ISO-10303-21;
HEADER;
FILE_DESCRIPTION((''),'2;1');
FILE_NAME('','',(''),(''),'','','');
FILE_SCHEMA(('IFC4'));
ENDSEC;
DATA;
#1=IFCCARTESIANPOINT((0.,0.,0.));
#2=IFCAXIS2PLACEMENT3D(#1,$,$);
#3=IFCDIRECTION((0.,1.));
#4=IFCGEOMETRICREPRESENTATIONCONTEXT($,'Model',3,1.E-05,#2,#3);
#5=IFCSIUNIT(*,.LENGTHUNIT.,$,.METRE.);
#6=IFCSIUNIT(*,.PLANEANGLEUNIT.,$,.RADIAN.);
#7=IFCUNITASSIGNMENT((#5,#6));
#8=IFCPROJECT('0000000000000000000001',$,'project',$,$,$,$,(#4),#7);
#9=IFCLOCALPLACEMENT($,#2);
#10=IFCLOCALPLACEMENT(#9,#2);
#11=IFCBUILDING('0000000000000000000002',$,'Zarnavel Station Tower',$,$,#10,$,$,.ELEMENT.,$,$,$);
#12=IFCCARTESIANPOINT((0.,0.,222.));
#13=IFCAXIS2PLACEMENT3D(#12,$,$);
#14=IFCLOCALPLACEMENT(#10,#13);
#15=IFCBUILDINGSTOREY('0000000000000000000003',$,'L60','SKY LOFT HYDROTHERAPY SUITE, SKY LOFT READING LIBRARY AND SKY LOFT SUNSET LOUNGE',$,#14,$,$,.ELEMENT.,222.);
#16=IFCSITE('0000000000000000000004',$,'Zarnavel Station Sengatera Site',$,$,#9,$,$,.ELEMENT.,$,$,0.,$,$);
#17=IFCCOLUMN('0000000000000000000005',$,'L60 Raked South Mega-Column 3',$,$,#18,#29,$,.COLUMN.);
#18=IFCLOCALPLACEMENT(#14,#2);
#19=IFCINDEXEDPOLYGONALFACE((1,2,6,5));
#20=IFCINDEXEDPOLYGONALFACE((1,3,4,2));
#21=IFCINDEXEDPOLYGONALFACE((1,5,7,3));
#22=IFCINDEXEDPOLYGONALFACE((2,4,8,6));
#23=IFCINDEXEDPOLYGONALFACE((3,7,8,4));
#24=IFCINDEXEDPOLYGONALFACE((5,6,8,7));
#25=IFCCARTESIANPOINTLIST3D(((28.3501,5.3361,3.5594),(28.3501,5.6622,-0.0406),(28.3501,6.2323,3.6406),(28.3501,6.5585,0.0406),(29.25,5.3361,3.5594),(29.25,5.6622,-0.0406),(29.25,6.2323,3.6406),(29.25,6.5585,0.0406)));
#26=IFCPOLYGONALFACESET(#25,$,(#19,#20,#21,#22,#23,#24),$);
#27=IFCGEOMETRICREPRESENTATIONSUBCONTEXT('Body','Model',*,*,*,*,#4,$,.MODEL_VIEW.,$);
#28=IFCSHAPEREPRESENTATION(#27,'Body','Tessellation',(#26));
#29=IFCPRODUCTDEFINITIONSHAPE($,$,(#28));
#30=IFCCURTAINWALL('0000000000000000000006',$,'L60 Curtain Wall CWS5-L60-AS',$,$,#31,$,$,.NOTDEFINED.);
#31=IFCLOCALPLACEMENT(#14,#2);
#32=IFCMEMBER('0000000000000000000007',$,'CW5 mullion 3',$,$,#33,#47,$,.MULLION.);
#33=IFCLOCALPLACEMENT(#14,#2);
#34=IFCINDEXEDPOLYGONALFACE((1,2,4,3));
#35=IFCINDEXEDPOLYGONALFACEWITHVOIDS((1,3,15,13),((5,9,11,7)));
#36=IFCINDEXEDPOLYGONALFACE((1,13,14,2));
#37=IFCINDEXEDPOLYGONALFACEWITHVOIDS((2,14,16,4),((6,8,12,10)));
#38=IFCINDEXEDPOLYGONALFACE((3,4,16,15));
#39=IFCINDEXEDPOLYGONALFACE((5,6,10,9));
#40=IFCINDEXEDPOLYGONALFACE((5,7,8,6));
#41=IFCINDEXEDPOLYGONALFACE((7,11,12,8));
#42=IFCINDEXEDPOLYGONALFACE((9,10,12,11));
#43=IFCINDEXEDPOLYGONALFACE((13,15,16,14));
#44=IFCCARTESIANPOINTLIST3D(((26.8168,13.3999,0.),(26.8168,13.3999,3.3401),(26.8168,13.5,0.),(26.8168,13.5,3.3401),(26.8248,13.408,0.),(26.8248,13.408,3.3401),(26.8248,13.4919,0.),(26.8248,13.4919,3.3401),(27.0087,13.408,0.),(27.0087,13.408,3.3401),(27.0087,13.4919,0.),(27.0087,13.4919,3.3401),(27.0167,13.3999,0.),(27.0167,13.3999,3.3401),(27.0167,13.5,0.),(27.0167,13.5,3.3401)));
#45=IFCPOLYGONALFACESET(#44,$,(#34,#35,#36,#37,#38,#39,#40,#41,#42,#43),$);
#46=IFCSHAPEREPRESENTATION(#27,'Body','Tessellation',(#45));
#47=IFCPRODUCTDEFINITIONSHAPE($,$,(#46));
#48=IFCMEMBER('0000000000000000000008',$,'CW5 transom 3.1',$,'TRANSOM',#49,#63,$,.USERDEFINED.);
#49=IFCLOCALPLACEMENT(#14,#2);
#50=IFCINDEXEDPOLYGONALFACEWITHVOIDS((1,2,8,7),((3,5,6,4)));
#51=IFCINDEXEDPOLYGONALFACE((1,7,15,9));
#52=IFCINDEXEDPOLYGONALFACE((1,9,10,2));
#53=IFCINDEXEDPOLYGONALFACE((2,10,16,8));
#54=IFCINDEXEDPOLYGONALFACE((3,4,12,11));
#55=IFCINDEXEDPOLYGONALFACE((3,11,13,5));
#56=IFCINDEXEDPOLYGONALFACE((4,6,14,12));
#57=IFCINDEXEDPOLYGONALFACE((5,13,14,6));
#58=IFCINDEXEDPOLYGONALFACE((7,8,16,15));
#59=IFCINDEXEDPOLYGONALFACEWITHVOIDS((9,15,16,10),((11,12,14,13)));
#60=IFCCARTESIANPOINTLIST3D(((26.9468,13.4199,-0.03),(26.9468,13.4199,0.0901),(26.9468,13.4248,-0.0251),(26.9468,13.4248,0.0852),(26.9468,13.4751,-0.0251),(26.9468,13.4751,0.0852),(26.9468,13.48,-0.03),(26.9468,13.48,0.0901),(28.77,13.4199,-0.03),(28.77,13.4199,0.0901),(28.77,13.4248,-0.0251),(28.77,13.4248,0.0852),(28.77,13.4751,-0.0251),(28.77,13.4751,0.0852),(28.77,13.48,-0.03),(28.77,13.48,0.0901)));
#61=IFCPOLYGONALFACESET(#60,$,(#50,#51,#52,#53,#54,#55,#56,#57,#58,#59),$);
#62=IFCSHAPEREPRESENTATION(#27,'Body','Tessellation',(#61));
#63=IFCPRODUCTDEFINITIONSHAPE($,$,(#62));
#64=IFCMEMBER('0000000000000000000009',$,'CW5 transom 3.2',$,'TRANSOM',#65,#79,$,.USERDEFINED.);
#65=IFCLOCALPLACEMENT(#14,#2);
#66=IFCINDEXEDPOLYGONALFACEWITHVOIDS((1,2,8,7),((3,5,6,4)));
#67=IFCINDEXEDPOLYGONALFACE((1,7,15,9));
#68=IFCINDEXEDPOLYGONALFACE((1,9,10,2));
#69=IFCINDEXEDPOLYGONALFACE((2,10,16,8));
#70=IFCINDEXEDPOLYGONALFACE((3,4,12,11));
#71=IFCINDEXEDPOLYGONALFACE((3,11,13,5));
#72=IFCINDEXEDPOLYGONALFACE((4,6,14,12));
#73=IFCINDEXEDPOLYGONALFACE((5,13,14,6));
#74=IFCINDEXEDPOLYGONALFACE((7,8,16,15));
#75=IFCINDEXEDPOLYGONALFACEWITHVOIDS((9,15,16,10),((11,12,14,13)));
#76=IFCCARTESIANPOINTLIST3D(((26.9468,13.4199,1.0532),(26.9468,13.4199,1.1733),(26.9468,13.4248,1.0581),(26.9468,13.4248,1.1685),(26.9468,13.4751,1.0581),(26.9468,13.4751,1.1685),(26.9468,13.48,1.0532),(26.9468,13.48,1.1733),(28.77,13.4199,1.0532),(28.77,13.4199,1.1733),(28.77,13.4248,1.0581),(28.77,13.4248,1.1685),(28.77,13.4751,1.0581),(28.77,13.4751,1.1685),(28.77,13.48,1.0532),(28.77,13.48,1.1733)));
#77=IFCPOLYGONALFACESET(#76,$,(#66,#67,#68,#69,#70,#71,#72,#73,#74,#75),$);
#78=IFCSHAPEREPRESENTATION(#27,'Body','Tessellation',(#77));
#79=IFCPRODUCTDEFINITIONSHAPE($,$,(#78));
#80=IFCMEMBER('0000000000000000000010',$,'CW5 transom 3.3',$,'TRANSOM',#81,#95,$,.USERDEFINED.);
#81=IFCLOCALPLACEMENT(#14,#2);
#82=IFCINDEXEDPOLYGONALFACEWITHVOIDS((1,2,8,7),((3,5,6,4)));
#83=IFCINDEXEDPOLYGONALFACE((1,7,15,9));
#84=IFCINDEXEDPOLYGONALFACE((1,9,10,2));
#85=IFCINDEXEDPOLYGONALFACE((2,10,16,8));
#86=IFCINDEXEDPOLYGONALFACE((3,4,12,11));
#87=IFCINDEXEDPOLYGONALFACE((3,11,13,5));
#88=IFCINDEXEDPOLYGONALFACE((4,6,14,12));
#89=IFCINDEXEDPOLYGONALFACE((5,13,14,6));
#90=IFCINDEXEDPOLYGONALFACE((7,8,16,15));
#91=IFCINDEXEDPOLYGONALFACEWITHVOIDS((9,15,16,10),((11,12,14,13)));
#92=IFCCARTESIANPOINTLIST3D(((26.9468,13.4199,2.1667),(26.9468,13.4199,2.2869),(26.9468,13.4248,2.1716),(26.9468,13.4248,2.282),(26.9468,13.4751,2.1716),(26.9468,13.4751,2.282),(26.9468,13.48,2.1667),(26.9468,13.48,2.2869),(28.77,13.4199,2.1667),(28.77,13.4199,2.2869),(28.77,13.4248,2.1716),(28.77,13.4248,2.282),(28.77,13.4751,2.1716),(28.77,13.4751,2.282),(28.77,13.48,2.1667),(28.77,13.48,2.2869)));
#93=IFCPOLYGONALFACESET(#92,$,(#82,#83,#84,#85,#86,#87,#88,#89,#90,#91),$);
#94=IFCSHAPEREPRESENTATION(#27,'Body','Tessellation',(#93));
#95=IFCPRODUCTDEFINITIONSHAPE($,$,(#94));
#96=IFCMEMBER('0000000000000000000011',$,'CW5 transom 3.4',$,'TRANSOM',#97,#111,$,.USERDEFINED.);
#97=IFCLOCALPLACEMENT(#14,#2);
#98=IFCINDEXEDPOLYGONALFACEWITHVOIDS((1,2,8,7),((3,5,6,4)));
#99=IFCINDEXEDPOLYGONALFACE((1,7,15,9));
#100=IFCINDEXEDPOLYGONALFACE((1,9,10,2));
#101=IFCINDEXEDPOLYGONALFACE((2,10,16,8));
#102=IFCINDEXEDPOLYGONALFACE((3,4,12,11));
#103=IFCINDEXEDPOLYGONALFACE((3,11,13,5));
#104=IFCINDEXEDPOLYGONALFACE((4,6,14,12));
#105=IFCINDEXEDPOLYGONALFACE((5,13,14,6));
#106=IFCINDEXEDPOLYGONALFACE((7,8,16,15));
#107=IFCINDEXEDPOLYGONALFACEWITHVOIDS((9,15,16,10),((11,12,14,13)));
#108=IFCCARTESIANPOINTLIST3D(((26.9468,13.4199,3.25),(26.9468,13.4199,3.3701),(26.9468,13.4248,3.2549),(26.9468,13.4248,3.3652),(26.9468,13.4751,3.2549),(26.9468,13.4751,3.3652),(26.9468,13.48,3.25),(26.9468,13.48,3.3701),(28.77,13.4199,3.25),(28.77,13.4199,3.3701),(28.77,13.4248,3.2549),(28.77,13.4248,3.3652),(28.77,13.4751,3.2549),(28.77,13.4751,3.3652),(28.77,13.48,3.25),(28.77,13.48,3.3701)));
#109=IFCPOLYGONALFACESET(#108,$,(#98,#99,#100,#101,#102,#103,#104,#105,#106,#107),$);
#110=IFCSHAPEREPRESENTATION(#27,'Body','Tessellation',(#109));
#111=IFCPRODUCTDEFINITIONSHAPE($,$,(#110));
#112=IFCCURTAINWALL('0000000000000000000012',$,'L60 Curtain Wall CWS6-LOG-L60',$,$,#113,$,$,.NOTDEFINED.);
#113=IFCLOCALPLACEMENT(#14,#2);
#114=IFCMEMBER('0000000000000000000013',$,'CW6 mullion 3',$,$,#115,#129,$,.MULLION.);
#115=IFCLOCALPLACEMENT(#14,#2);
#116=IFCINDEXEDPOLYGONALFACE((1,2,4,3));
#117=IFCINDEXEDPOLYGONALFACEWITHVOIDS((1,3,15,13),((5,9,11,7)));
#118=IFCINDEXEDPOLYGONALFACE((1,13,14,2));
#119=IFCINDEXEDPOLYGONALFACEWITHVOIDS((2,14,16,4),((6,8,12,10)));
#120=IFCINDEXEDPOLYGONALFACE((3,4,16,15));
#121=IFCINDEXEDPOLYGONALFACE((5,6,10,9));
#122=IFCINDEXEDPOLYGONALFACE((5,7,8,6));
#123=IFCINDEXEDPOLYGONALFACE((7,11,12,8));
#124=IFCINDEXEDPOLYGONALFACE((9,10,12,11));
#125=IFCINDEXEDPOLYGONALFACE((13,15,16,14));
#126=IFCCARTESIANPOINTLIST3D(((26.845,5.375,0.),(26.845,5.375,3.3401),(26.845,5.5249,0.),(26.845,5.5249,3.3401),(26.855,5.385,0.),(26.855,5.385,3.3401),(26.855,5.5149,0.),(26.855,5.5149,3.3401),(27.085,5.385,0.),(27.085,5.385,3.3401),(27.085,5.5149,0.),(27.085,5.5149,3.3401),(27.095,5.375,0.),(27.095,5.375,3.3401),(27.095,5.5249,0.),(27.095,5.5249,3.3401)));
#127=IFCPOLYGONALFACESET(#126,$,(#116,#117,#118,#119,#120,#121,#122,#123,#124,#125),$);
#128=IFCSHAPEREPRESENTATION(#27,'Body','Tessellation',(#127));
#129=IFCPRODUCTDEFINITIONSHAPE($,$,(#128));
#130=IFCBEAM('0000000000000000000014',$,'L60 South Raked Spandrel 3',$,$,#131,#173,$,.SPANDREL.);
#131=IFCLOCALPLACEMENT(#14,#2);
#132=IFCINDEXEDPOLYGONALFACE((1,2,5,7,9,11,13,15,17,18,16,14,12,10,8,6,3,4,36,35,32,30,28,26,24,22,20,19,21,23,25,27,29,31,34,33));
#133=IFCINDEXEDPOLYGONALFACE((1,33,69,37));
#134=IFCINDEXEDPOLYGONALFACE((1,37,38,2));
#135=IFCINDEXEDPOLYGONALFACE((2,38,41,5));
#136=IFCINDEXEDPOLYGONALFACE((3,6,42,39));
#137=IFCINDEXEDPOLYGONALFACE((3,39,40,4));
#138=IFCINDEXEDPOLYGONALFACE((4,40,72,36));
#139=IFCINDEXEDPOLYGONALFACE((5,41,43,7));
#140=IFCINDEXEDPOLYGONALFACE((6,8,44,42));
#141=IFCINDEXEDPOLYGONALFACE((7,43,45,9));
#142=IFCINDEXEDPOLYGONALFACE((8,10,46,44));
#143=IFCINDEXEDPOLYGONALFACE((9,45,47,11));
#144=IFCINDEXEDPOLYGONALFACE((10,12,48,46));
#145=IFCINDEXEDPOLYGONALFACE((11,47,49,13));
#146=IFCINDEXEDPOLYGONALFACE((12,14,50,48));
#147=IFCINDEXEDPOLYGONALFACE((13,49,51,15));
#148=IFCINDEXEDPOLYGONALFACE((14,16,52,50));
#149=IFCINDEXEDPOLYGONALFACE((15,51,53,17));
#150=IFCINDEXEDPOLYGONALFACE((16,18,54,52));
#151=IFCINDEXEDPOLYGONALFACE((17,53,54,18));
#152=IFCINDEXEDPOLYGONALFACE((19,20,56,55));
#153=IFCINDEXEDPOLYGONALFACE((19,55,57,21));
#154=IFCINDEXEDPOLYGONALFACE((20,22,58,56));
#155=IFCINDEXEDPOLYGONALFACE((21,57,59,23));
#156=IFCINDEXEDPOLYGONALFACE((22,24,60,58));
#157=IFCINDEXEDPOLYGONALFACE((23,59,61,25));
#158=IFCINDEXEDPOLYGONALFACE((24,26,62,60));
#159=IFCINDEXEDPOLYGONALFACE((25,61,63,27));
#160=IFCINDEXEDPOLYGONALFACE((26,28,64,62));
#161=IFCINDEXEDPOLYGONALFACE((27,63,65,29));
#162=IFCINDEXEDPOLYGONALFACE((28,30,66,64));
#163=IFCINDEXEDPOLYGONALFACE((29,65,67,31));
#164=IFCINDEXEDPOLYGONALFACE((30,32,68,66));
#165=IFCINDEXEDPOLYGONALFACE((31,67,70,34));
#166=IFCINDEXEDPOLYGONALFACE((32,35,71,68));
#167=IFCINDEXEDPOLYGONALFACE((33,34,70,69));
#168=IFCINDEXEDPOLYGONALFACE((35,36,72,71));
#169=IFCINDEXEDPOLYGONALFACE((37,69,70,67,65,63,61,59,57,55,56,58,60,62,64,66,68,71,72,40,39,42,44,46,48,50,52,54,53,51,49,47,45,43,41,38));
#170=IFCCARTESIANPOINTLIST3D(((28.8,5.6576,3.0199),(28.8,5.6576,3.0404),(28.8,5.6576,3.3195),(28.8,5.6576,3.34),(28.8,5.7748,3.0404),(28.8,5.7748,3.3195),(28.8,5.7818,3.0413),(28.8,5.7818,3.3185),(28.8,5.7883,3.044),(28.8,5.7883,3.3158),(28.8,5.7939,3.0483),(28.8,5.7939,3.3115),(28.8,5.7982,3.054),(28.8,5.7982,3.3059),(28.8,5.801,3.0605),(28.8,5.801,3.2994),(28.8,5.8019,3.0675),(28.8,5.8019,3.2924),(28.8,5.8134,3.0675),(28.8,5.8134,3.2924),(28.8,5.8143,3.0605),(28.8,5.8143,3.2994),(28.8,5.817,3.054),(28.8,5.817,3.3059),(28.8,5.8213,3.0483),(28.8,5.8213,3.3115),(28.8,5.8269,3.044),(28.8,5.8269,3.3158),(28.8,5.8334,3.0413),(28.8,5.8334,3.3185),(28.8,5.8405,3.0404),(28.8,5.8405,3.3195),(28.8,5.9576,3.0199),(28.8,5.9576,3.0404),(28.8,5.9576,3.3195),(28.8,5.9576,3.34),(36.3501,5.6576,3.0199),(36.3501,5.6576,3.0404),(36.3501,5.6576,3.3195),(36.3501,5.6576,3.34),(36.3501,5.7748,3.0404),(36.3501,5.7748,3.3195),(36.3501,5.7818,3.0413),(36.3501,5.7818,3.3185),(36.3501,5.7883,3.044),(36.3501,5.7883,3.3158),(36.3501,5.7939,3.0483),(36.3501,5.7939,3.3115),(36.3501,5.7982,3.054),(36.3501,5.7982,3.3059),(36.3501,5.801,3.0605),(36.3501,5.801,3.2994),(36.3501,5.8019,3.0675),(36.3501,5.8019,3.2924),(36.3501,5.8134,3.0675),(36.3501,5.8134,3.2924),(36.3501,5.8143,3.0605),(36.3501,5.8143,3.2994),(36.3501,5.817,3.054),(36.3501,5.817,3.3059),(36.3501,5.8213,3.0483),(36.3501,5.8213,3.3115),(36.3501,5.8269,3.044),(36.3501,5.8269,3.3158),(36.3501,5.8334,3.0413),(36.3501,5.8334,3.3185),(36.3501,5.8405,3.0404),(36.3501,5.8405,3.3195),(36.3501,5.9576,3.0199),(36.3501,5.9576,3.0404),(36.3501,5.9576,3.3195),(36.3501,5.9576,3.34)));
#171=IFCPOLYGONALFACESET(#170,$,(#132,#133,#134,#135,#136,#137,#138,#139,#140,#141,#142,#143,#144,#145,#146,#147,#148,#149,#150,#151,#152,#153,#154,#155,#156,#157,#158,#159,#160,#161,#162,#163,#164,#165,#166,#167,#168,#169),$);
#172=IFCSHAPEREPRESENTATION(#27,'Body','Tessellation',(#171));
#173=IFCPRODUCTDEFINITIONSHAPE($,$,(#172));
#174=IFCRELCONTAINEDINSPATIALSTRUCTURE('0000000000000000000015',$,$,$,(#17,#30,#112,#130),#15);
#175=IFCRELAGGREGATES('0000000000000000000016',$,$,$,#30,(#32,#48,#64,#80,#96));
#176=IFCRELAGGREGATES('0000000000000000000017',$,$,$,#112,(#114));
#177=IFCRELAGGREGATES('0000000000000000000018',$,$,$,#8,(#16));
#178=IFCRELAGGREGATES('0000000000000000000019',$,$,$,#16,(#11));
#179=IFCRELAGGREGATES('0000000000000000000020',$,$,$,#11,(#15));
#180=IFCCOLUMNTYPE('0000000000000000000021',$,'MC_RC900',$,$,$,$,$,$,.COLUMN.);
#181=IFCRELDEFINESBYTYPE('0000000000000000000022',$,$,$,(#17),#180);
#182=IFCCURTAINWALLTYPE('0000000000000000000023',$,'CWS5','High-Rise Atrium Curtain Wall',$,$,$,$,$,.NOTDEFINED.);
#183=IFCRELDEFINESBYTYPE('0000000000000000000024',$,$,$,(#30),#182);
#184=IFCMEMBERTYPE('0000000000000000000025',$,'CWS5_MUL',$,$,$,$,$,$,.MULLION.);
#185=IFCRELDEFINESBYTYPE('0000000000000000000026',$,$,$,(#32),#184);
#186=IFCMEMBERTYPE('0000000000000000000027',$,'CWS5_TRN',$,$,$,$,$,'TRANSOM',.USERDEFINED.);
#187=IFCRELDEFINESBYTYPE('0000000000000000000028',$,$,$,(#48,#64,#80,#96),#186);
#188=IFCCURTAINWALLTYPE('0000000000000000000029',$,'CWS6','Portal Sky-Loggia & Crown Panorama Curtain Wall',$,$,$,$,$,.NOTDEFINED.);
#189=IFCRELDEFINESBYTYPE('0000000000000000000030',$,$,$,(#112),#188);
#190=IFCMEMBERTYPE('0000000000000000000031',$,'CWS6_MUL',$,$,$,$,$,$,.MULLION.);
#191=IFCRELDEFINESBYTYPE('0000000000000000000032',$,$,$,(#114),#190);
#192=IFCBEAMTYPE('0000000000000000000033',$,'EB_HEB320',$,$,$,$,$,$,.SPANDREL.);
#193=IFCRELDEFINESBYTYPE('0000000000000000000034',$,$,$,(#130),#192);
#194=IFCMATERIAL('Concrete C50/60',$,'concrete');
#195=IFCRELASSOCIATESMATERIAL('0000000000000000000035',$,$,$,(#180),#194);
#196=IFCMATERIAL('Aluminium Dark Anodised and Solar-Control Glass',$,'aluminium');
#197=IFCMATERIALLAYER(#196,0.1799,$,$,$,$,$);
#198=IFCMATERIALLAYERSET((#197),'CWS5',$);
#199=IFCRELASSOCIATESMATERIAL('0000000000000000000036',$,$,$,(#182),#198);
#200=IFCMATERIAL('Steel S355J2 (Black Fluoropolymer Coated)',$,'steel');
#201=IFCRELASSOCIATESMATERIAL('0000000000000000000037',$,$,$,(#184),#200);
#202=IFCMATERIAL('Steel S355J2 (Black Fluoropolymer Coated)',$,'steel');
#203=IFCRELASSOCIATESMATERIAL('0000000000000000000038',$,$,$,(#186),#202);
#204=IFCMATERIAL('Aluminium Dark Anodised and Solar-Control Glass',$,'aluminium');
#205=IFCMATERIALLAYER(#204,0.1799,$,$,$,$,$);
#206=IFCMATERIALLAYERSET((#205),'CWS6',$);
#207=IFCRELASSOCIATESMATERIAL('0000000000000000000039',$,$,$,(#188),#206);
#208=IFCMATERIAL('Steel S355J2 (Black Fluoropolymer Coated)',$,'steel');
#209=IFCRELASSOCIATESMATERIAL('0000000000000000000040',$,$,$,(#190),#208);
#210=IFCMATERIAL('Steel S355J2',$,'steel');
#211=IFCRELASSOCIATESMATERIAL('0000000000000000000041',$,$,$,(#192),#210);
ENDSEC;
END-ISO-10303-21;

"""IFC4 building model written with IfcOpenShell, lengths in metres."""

from ifc_helpers import new_model, si_unit, direction, frame, origin, origin_2d, place, context, subcontext, project, spatial, rectangle, hollow_rectangle, i_section, extrude, material, layer, layer_set, material_profile, profile_set, type_object, element, aggregate, save


model = new_model("IFC4")

# Units and contexts
model_context = context("Model", 3, precision=1e-05, world=origin(), true_north=direction((0.0, 1.0)))
body_context = subcontext(model_context, "Body", "Model", "MODEL_VIEW")
ifc_project = project(units=[si_unit("LENGTHUNIT", "METRE"), si_unit("PLANEANGLEUNIT", "RADIAN")], contexts=[model_context])

# Site, building, storey
site_placement = place(None, origin())
site = spatial("IfcSite", under=ifc_project, at=site_placement, Name="Zarnavel Station Sengatera Site", CompositionType="ELEMENT", RefElevation=0.0)
building_placement = place(site_placement, origin())
building = spatial("IfcBuilding", under=site, at=building_placement, Name="Zarnavel Station Tower", CompositionType="ELEMENT")
storey_placement = place(building_placement, frame((0.0, 0.0, 222.0)))
storey = spatial("IfcBuildingStorey", under=building, at=storey_placement, Name="L60", Description="SKY LOFT HYDROTHERAPY SUITE, SKY LOFT READING LIBRARY AND SKY LOFT SUNSET LOUNGE", CompositionType="ELEMENT", Elevation=222.0)

# Column
ifc_material_1 = material(Name="Concrete C50/60", Category="concrete")
ifc_material_profile_1 = material_profile(ifc_material_1, rectangle(XDim=0.8999, YDim=0.8999, at=origin_2d()), Name="RC900x900")
ifc_profile_set_1 = profile_set([ifc_material_profile_1], Name="Concrete C50/60")
column_type = type_object("IfcColumnType", Name="MC_RC900", PredefinedType="COLUMN", material=ifc_profile_set_1)
column_placement = place(storey_placement, frame((28.8, 6.1104, 0.0), z_axis=(0.0, -0.090231, 0.995921), x_axis=(1.0, 0.0, 0.0)))
element("IfcColumn", 1, at=column_placement, inside=storey, type_object=column_type, Name="L60 Raked South Mega-Column 3", PredefinedType="COLUMN", context=body_context, shape_type="SweptSolid", body=[
    extrude(rectangle(XDim=0.8999, YDim=0.8999, at=origin_2d()), origin(), (0.0, 0.0, 1.0), 3.6147),
])

# Curtain wall, members
ifc_material_2 = material(Name="Aluminium Dark Anodised and Solar-Control Glass", Category="aluminium")
ifc_layer_1 = layer(ifc_material_2, 0.1799)
ifc_layer_set_1 = layer_set([ifc_layer_1], Name="CWS5")
curtain_wall_type_1 = type_object("IfcCurtainWallType", Name="CWS5", Description="High-Rise Atrium Curtain Wall", PredefinedType="NOTDEFINED", material=ifc_layer_set_1)
curtain_wall_1_placement = place(storey_placement, origin())
curtain_wall_1 = element("IfcCurtainWall", 2, at=curtain_wall_1_placement, inside=storey, type_object=curtain_wall_type_1, Name="L60 Curtain Wall CWS5-L60-AS", PredefinedType="NOTDEFINED")
ifc_material_3 = material(Name="Steel S355J2 (Black Fluoropolymer Coated)", Category="steel")
ifc_material_profile_2 = material_profile(ifc_material_3, hollow_rectangle(XDim=0.1001, YDim=0.2, WallThickness=0.0081, at=origin_2d()), Name="RHS200x100x8")
ifc_profile_set_2 = profile_set([ifc_material_profile_2], Name="Steel S355J2 (Black Fluoropolymer Coated)")
member_type_1 = type_object("IfcMemberType", Name="CWS5_MUL", PredefinedType="MULLION", material=ifc_profile_set_2)
member_1_placement = place(storey_placement, frame((26.9167, 13.45, 0.0), z_axis=(0.0, 0.0, 1.0), x_axis=(0.0, 1.0, 0.0)))
member_1 = element("IfcMember", 3, at=member_1_placement, type_object=member_type_1, Name="CW5 mullion 3", PredefinedType="MULLION", context=body_context, shape_type="SweptSolid", body=[
    extrude(hollow_rectangle(XDim=0.1001, YDim=0.2, WallThickness=0.0081, at=origin_2d()), origin(), (0.0, 0.0, 1.0), 3.3401),
])
ifc_material_4 = material(Name="Steel S355J2 (Black Fluoropolymer Coated)", Category="steel")
ifc_material_profile_3 = material_profile(ifc_material_4, hollow_rectangle(XDim=0.0601, YDim=0.1201, WallThickness=0.0049, at=origin_2d()), Name="RHS120x60x5")
ifc_profile_set_3 = profile_set([ifc_material_profile_3], Name="Steel S355J2 (Black Fluoropolymer Coated)")
member_type_2 = type_object("IfcMemberType", Name="CWS5_TRN", ElementType="TRANSOM", PredefinedType="USERDEFINED", material=ifc_profile_set_3)
member_2_placement = place(storey_placement, frame((26.9468, 13.45, 0.03), z_axis=(1.0, 0.0, 0.0), x_axis=(0.0, 1.0, 0.0)))
member_2 = element("IfcMember", 4, at=member_2_placement, type_object=member_type_2, Name="CW5 transom 3.1", ObjectType="TRANSOM", PredefinedType="USERDEFINED", context=body_context, shape_type="SweptSolid", body=[
    extrude(hollow_rectangle(XDim=0.0601, YDim=0.1201, WallThickness=0.0049, at=origin_2d()), origin(), (0.0, 0.0, 1.0), 1.8232),
])
member_3_placement = place(storey_placement, frame((26.9468, 13.45, 1.1133), z_axis=(1.0, 0.0, 0.0), x_axis=(0.0, 1.0, 0.0)))
member_3 = element("IfcMember", 5, at=member_3_placement, type_object=member_type_2, Name="CW5 transom 3.2", ObjectType="TRANSOM", PredefinedType="USERDEFINED", context=body_context, shape_type="SweptSolid", body=[
    extrude(hollow_rectangle(XDim=0.0601, YDim=0.1201, WallThickness=0.0049, at=origin_2d()), origin(), (0.0, 0.0, 1.0), 1.8232),
])
member_4_placement = place(storey_placement, frame((26.9468, 13.45, 2.2268), z_axis=(1.0, 0.0, 0.0), x_axis=(0.0, 1.0, 0.0)))
member_4 = element("IfcMember", 6, at=member_4_placement, type_object=member_type_2, Name="CW5 transom 3.3", ObjectType="TRANSOM", PredefinedType="USERDEFINED", context=body_context, shape_type="SweptSolid", body=[
    extrude(hollow_rectangle(XDim=0.0601, YDim=0.1201, WallThickness=0.0049, at=origin_2d()), origin(), (0.0, 0.0, 1.0), 1.8232),
])
member_5_placement = place(storey_placement, frame((26.9468, 13.45, 3.3101), z_axis=(1.0, 0.0, 0.0), x_axis=(0.0, 1.0, 0.0)))
member_5 = element("IfcMember", 7, at=member_5_placement, type_object=member_type_2, Name="CW5 transom 3.4", ObjectType="TRANSOM", PredefinedType="USERDEFINED", context=body_context, shape_type="SweptSolid", body=[
    extrude(hollow_rectangle(XDim=0.0601, YDim=0.1201, WallThickness=0.0049, at=origin_2d()), origin(), (0.0, 0.0, 1.0), 1.8232),
])

# Curtain wall, member
ifc_material_5 = material(Name="Aluminium Dark Anodised and Solar-Control Glass", Category="aluminium")
ifc_layer_2 = layer(ifc_material_5, 0.1799)
ifc_layer_set_2 = layer_set([ifc_layer_2], Name="CWS6")
curtain_wall_type_2 = type_object("IfcCurtainWallType", Name="CWS6", Description="Portal Sky-Loggia & Crown Panorama Curtain Wall", PredefinedType="NOTDEFINED", material=ifc_layer_set_2)
curtain_wall_2_placement = place(storey_placement, origin())
curtain_wall_2 = element("IfcCurtainWall", 8, at=curtain_wall_2_placement, inside=storey, type_object=curtain_wall_type_2, Name="L60 Curtain Wall CWS6-LOG-L60", PredefinedType="NOTDEFINED")
ifc_material_6 = material(Name="Steel S355J2 (Black Fluoropolymer Coated)", Category="steel")
ifc_material_profile_4 = material_profile(ifc_material_6, hollow_rectangle(XDim=0.1499, YDim=0.25, WallThickness=0.01, at=origin_2d()), Name="RHS250x150x10")
ifc_profile_set_4 = profile_set([ifc_material_profile_4], Name="Steel S355J2 (Black Fluoropolymer Coated)")
member_type_3 = type_object("IfcMemberType", Name="CWS6_MUL", PredefinedType="MULLION", material=ifc_profile_set_4)
member_6_placement = place(storey_placement, frame((26.97, 5.45, 0.0), z_axis=(0.0, 0.0, 1.0), x_axis=(0.0, 1.0, 0.0)))
member_6 = element("IfcMember", 9, at=member_6_placement, type_object=member_type_3, Name="CW6 mullion 3", PredefinedType="MULLION", context=body_context, shape_type="SweptSolid", body=[
    extrude(hollow_rectangle(XDim=0.1499, YDim=0.25, WallThickness=0.01, at=origin_2d()), origin(), (0.0, 0.0, 1.0), 3.3401),
])

# Beam
ifc_material_7 = material(Name="Steel S355J2", Category="steel")
ifc_material_profile_5 = material_profile(ifc_material_7, i_section(OverallWidth=0.3, OverallDepth=0.3201, WebThickness=0.0115, FlangeThickness=0.0205, FilletRadius=0.0271, at=origin_2d()), Name="HEB320")
ifc_profile_set_5 = profile_set([ifc_material_profile_5], Name="Steel S355J2")
beam_type_1 = type_object("IfcBeamType", Name="EB_HEB320", PredefinedType="SPANDREL", material=ifc_profile_set_5)
beam_1_placement = place(storey_placement, frame((28.8, 5.8076, 3.1799), z_axis=(1.0, 0.0, 0.0), x_axis=(0.0, 1.0, 0.0)))
element("IfcBeam", 10, at=beam_1_placement, inside=storey, type_object=beam_type_1, Name="L60 South Raked Spandrel 3", PredefinedType="SPANDREL", context=body_context, shape_type="SweptSolid", body=[
    extrude(i_section(OverallWidth=0.3, OverallDepth=0.3201, WebThickness=0.0115, FlangeThickness=0.0205, FilletRadius=0.0271, at=origin_2d()), origin(), (0.0, 0.0, 1.0), 7.55),
])

aggregate(curtain_wall_1, [member_1, member_2, member_3, member_4, member_5])
aggregate(curtain_wall_2, [member_6])

save(model, "model.ifc")
